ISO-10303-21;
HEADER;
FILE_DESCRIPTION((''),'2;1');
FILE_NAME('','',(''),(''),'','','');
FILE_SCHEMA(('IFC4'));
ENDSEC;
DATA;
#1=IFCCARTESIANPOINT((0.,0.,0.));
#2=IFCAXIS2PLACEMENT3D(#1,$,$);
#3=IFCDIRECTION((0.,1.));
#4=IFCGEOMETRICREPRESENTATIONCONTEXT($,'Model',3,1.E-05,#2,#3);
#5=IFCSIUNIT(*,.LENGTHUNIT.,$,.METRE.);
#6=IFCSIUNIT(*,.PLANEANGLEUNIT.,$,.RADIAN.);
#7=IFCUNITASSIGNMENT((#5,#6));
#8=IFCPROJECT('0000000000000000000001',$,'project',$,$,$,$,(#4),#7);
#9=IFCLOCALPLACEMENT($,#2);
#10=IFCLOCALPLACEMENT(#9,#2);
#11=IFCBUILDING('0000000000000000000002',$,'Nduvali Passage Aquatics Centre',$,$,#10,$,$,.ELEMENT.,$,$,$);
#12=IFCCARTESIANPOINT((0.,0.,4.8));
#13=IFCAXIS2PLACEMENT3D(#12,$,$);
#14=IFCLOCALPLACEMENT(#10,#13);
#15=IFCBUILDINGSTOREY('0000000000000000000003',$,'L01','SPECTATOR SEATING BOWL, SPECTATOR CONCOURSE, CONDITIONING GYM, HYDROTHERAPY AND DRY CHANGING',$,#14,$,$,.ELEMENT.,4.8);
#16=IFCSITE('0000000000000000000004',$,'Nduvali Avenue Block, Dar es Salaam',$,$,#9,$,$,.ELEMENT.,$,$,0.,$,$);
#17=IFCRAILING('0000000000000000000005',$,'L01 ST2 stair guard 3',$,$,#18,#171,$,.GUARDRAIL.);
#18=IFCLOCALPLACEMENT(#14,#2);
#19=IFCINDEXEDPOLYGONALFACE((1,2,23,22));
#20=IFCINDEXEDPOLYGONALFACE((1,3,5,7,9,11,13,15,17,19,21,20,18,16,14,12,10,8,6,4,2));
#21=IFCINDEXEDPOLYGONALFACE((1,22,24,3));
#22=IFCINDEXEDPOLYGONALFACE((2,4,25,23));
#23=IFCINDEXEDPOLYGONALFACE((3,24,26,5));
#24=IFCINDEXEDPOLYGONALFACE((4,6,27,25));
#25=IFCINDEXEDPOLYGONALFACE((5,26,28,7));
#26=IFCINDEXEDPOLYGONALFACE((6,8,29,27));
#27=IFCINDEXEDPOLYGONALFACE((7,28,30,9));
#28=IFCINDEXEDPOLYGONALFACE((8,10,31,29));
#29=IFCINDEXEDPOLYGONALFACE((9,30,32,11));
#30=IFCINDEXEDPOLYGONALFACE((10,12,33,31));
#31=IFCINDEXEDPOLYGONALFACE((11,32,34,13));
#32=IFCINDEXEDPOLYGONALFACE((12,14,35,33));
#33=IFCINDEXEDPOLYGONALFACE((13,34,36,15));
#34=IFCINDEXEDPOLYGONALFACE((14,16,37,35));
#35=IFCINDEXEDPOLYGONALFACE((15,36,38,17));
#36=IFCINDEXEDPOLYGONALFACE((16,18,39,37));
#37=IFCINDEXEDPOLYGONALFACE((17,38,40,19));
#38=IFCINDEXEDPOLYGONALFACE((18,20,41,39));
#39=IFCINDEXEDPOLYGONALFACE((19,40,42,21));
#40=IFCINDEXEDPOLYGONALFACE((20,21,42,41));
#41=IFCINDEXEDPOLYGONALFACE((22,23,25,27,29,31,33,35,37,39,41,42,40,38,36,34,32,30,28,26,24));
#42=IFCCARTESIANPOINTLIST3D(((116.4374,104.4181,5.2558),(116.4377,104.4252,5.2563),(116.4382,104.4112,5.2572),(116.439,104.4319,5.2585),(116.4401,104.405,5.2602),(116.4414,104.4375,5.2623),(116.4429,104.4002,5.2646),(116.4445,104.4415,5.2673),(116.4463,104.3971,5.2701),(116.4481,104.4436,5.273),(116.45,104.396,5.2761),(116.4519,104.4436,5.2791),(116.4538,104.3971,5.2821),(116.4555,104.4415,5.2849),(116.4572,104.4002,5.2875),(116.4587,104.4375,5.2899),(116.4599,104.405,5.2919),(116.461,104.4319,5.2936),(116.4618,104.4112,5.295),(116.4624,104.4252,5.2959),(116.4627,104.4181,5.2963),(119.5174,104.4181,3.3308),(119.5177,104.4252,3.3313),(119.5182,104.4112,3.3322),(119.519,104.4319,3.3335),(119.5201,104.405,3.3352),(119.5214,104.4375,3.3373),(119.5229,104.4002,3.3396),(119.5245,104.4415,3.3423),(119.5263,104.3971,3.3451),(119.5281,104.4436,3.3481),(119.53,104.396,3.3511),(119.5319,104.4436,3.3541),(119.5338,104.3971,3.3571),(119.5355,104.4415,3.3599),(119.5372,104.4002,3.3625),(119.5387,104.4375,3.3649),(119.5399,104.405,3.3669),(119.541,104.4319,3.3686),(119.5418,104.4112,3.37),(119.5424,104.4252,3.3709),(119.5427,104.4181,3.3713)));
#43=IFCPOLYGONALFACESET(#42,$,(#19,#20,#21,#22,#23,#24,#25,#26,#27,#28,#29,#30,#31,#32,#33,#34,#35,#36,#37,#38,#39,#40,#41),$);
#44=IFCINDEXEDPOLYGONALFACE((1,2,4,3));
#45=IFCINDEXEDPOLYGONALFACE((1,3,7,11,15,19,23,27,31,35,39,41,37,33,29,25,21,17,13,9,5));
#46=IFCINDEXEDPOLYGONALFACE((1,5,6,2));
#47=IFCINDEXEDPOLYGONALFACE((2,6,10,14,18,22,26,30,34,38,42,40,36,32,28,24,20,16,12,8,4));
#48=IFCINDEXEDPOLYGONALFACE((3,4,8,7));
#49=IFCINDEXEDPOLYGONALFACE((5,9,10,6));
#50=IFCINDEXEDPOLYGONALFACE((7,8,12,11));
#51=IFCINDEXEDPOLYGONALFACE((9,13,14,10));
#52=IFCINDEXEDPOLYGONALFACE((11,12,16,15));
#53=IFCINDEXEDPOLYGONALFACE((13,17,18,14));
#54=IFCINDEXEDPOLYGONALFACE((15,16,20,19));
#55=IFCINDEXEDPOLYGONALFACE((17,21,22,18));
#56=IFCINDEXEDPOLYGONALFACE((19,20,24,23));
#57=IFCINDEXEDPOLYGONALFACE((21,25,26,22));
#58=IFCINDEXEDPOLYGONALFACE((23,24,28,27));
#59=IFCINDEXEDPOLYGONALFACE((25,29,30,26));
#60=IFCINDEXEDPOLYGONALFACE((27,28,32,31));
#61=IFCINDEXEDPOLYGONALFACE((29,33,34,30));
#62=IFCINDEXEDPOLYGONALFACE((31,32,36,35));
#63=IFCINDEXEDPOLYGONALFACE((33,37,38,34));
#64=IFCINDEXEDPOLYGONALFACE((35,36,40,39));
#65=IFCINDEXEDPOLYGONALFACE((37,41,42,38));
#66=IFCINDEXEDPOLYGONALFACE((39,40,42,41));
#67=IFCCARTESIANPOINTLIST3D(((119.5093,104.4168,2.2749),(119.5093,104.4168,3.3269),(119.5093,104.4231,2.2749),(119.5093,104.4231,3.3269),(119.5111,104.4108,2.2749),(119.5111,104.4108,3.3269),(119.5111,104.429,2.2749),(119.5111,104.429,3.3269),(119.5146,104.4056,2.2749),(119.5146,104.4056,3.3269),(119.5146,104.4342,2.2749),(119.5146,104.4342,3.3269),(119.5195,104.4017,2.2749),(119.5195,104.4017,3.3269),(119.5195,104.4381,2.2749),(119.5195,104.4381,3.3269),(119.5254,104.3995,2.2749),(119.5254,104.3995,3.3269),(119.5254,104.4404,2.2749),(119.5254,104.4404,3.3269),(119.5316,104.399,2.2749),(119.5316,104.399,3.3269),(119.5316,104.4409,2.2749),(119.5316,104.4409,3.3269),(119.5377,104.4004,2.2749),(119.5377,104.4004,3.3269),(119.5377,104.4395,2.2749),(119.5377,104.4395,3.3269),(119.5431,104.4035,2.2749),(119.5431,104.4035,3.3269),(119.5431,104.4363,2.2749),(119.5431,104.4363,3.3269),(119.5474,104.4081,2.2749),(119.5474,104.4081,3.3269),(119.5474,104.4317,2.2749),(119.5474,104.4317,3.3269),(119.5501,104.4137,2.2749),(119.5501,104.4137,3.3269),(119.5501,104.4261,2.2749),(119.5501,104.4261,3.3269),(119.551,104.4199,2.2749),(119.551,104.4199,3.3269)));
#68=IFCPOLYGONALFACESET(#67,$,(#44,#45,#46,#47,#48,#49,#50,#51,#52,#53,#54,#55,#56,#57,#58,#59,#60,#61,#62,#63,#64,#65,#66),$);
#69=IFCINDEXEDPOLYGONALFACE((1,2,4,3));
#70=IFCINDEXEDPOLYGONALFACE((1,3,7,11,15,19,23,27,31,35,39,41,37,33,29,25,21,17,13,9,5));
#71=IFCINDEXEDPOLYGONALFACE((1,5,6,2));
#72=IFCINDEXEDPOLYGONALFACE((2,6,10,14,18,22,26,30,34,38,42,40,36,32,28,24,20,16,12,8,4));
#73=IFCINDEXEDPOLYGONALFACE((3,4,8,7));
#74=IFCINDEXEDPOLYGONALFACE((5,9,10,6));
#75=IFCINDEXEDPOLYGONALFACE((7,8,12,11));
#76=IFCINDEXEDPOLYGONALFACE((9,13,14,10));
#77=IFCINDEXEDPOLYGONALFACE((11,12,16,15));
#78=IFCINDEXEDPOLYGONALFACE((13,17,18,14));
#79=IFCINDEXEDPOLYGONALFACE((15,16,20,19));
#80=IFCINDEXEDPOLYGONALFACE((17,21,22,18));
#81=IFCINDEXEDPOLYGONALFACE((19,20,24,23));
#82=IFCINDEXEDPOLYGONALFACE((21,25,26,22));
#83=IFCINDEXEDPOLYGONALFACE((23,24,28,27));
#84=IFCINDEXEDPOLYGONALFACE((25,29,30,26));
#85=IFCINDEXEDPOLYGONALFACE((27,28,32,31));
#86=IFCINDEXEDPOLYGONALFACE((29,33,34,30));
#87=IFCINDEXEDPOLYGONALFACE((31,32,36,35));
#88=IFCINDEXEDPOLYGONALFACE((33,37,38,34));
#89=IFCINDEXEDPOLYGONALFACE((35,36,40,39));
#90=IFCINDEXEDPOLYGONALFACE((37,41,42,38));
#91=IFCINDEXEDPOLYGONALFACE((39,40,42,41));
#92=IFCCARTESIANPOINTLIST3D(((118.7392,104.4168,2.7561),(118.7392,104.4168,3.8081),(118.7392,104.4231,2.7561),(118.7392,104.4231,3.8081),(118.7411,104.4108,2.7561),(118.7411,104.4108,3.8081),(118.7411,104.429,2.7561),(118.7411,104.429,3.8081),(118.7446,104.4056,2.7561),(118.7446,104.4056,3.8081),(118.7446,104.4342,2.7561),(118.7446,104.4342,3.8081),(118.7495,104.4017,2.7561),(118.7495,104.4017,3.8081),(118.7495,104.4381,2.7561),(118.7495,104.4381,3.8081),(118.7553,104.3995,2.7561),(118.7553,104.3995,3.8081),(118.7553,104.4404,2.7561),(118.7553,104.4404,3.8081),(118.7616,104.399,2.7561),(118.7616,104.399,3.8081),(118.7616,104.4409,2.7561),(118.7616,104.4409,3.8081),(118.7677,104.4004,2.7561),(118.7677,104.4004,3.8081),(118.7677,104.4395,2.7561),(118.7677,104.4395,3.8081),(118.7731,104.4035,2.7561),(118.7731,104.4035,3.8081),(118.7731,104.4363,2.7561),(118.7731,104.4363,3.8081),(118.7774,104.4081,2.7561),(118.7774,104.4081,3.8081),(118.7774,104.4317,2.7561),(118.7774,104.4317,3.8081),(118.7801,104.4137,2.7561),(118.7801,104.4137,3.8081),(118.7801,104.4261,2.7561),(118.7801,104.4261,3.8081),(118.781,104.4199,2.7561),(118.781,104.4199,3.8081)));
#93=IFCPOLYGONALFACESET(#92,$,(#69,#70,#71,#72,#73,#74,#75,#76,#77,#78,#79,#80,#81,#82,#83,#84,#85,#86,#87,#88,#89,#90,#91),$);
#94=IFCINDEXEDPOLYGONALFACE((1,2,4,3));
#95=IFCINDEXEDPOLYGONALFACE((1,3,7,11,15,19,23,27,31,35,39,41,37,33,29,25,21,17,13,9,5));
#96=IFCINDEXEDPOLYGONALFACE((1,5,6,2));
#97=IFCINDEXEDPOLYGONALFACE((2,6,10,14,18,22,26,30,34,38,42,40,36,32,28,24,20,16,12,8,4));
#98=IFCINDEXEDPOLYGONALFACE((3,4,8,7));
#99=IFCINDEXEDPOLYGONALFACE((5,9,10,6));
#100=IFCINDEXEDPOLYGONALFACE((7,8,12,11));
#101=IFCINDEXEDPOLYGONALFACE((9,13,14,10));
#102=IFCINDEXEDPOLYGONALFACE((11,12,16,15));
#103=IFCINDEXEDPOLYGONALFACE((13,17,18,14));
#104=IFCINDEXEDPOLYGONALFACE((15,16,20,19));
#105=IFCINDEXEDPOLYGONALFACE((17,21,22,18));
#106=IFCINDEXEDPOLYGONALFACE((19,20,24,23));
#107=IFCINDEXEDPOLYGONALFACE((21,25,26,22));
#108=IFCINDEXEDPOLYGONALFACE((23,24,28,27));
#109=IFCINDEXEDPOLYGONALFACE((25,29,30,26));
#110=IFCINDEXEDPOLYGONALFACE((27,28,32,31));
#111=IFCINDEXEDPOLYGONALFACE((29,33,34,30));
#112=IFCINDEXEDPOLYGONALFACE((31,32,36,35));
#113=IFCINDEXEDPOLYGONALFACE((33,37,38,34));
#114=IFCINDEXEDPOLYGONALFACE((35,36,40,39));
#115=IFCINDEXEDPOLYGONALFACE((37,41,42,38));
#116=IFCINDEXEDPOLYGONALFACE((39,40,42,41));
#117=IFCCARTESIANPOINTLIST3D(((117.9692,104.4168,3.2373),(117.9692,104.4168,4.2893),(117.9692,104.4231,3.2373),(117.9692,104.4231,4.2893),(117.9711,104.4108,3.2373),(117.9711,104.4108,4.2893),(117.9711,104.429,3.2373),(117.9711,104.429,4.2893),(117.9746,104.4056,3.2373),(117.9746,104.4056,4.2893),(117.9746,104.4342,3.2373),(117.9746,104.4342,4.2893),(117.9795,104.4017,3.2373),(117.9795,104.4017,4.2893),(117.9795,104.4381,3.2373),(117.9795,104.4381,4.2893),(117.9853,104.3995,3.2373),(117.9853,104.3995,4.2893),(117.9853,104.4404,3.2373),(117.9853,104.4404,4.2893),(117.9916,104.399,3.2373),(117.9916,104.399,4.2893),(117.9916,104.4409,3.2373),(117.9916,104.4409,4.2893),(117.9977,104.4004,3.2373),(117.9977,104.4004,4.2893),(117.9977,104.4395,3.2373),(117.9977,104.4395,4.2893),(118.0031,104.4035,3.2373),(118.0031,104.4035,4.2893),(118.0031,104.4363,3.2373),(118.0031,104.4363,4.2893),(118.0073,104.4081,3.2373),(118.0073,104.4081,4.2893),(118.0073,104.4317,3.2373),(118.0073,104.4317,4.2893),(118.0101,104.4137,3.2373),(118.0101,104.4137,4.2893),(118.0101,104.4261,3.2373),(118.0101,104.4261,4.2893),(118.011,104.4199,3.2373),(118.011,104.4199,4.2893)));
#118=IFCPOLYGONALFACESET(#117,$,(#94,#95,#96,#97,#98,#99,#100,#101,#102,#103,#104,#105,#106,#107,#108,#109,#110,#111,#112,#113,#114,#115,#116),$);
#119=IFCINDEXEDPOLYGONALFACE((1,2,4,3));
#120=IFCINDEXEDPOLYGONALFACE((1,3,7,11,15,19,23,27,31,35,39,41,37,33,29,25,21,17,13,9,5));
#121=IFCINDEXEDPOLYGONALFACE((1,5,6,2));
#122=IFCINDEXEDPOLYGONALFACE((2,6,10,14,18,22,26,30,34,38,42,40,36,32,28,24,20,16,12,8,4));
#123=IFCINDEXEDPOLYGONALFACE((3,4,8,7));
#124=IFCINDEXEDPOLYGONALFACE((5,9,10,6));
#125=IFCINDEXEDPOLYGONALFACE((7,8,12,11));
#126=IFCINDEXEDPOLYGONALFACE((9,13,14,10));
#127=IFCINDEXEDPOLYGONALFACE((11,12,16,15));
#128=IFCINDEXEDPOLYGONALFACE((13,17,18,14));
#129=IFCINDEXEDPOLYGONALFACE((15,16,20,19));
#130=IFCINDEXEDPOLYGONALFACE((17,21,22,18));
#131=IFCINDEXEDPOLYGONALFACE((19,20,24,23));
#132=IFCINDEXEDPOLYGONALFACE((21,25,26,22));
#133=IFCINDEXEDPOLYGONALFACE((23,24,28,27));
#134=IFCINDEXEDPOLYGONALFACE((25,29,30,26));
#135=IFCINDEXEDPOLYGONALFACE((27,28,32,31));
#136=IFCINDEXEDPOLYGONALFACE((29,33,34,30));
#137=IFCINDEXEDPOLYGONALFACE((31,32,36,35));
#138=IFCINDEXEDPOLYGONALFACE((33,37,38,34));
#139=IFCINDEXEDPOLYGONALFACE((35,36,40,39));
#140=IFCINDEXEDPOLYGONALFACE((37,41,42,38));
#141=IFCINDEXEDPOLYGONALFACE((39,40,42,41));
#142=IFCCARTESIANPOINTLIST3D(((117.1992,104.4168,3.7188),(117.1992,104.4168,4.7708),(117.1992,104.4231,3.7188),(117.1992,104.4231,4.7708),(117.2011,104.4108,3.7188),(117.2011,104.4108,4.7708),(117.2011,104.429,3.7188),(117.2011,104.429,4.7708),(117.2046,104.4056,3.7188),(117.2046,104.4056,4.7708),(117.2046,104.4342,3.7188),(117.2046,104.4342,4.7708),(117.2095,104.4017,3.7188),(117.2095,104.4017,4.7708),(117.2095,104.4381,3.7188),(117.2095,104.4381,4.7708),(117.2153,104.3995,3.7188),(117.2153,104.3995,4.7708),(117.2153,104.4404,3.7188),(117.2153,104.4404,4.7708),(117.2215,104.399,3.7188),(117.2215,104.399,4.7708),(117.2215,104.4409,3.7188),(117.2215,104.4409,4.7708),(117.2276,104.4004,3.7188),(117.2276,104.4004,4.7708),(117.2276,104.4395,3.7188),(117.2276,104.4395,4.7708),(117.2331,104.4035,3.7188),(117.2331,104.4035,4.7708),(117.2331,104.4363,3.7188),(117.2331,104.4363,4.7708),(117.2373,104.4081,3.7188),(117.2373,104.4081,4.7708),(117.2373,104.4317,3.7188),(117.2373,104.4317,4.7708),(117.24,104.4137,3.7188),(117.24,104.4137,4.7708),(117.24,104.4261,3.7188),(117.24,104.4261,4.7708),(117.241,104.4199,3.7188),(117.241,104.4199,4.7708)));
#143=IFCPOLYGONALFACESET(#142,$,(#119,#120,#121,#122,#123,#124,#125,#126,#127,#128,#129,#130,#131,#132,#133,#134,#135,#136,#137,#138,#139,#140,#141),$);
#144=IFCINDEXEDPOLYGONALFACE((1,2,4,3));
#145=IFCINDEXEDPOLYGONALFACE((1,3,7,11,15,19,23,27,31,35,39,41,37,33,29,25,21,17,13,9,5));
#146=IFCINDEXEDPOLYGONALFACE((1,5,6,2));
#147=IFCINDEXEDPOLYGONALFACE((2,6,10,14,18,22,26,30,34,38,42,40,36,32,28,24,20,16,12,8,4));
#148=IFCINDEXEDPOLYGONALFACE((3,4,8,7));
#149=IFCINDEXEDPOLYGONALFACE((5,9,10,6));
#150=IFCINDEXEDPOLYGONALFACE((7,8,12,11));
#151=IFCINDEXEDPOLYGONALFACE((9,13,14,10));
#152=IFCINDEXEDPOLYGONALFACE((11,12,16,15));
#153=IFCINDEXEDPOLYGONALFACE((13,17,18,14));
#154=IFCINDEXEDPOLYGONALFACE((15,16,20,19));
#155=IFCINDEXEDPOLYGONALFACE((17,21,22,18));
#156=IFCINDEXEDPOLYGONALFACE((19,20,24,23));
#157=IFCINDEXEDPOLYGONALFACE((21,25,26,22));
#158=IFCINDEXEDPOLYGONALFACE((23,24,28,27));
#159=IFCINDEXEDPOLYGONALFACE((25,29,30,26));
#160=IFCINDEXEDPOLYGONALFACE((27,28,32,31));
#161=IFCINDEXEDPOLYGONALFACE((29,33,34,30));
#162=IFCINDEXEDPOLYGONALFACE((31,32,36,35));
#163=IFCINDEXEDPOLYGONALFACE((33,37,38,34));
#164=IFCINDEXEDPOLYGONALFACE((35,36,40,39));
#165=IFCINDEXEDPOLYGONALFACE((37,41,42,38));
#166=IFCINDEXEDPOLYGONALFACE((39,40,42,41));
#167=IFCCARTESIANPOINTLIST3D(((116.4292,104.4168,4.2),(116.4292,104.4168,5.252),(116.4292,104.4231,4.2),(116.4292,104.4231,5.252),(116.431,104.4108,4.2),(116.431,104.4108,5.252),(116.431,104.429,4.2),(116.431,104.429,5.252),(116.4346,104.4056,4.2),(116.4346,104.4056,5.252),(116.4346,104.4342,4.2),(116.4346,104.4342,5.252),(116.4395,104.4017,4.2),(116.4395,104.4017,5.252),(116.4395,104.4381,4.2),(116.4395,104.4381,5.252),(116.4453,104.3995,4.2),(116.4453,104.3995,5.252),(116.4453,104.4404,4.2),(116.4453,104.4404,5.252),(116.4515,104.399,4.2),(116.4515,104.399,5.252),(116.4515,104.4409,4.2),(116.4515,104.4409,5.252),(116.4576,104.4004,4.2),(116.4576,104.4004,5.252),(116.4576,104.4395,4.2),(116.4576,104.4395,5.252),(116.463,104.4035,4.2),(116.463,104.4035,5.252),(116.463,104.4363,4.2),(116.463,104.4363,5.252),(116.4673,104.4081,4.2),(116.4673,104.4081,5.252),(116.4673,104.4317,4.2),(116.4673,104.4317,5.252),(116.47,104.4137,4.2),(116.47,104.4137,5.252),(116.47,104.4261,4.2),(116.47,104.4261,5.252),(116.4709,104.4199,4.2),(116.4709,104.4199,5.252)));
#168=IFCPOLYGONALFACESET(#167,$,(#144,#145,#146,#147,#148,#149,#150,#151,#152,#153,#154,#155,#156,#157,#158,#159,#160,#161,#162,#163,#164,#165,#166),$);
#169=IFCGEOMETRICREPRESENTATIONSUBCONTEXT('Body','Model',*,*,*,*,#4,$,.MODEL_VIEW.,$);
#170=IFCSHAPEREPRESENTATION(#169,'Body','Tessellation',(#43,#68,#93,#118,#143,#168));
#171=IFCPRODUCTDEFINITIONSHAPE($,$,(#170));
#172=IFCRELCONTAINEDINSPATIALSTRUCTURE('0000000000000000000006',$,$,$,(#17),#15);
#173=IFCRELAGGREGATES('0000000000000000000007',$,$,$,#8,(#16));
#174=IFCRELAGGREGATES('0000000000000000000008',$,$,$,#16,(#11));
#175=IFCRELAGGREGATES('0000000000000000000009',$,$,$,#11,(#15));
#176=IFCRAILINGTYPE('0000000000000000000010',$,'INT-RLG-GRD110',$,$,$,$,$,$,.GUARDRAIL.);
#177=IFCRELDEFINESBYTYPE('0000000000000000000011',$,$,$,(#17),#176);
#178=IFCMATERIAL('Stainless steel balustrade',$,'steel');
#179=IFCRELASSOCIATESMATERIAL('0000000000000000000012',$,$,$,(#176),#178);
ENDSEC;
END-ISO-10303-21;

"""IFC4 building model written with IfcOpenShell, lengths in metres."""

from ifc_helpers import new_model, si_unit, direction, frame, origin, origin_2d, place, context, subcontext, project, spatial, circle, extrude, material, type_object, element, save


model = new_model("IFC4")

# Units and contexts
model_context = context("Model", 3, precision=1e-05, world=origin(), true_north=direction((0.0, 1.0)))
body_context = subcontext(model_context, "Body", "Model", "MODEL_VIEW")
ifc_project = project(units=[si_unit("LENGTHUNIT", "METRE"), si_unit("PLANEANGLEUNIT", "RADIAN")], contexts=[model_context])

# Site, building, storey
site_placement = place(None, origin())
site = spatial("IfcSite", under=ifc_project, at=site_placement, Name="Nduvali Avenue Block, Dar es Salaam", CompositionType="ELEMENT", RefElevation=0.0)
building_placement = place(site_placement, origin())
building = spatial("IfcBuilding", under=site, at=building_placement, Name="Nduvali Passage Aquatics Centre", CompositionType="ELEMENT")
storey_placement = place(building_placement, frame((0.0, 0.0, 4.8)))
storey = spatial("IfcBuildingStorey", under=building, at=storey_placement, Name="L01", Description="SPECTATOR SEATING BOWL, SPECTATOR CONCOURSE, CONDITIONING GYM, HYDROTHERAPY AND DRY CHANGING", CompositionType="ELEMENT", Elevation=4.8)

# Railing
ifc_material_1 = material(Name="Stainless steel balustrade", Category="steel")
railing_type_1 = type_object("IfcRailingType", Name="INT-RLG-GRD110", PredefinedType="GUARDRAIL", material=ifc_material_1)
railing_1_placement = place(storey_placement, frame((119.53, 104.4199, 2.2749)))
element("IfcRailing", 1, at=railing_1_placement, inside=storey, type_object=railing_type_1, Name="L01 ST2 stair guard 3", PredefinedType="GUARDRAIL", context=body_context, shape_type="SweptSolid", body=[
    extrude(circle(Radius=0.0239, at=origin_2d()), frame((0.0, 0.0, 1.0762), z_axis=(-0.847998, 0.0, 0.529999), x_axis=(0.0, -1.0, 0.0)), (0.0, 0.0, 1.0), 3.6321),
    extrude(circle(Radius=0.021, at=origin_2d()), origin(), (0.0, 0.0, 1.0), 1.052),
    extrude(circle(Radius=0.021, at=origin_2d()), frame((-0.77, 0.0, 0.4812)), (0.0, 0.0, 1.0), 1.052),
    extrude(circle(Radius=0.021, at=origin_2d()), frame((-1.54, 0.0, 0.9624)), (0.0, 0.0, 1.0), 1.052),
    extrude(circle(Radius=0.021, at=origin_2d()), frame((-2.3101, 0.0, 1.4438)), (0.0, 0.0, 1.0), 1.052),
    extrude(circle(Radius=0.021, at=origin_2d()), frame((-3.0801, 0.0, 1.925)), (0.0, 0.0, 1.0), 1.052),
])

save(model, "model.ifc")
